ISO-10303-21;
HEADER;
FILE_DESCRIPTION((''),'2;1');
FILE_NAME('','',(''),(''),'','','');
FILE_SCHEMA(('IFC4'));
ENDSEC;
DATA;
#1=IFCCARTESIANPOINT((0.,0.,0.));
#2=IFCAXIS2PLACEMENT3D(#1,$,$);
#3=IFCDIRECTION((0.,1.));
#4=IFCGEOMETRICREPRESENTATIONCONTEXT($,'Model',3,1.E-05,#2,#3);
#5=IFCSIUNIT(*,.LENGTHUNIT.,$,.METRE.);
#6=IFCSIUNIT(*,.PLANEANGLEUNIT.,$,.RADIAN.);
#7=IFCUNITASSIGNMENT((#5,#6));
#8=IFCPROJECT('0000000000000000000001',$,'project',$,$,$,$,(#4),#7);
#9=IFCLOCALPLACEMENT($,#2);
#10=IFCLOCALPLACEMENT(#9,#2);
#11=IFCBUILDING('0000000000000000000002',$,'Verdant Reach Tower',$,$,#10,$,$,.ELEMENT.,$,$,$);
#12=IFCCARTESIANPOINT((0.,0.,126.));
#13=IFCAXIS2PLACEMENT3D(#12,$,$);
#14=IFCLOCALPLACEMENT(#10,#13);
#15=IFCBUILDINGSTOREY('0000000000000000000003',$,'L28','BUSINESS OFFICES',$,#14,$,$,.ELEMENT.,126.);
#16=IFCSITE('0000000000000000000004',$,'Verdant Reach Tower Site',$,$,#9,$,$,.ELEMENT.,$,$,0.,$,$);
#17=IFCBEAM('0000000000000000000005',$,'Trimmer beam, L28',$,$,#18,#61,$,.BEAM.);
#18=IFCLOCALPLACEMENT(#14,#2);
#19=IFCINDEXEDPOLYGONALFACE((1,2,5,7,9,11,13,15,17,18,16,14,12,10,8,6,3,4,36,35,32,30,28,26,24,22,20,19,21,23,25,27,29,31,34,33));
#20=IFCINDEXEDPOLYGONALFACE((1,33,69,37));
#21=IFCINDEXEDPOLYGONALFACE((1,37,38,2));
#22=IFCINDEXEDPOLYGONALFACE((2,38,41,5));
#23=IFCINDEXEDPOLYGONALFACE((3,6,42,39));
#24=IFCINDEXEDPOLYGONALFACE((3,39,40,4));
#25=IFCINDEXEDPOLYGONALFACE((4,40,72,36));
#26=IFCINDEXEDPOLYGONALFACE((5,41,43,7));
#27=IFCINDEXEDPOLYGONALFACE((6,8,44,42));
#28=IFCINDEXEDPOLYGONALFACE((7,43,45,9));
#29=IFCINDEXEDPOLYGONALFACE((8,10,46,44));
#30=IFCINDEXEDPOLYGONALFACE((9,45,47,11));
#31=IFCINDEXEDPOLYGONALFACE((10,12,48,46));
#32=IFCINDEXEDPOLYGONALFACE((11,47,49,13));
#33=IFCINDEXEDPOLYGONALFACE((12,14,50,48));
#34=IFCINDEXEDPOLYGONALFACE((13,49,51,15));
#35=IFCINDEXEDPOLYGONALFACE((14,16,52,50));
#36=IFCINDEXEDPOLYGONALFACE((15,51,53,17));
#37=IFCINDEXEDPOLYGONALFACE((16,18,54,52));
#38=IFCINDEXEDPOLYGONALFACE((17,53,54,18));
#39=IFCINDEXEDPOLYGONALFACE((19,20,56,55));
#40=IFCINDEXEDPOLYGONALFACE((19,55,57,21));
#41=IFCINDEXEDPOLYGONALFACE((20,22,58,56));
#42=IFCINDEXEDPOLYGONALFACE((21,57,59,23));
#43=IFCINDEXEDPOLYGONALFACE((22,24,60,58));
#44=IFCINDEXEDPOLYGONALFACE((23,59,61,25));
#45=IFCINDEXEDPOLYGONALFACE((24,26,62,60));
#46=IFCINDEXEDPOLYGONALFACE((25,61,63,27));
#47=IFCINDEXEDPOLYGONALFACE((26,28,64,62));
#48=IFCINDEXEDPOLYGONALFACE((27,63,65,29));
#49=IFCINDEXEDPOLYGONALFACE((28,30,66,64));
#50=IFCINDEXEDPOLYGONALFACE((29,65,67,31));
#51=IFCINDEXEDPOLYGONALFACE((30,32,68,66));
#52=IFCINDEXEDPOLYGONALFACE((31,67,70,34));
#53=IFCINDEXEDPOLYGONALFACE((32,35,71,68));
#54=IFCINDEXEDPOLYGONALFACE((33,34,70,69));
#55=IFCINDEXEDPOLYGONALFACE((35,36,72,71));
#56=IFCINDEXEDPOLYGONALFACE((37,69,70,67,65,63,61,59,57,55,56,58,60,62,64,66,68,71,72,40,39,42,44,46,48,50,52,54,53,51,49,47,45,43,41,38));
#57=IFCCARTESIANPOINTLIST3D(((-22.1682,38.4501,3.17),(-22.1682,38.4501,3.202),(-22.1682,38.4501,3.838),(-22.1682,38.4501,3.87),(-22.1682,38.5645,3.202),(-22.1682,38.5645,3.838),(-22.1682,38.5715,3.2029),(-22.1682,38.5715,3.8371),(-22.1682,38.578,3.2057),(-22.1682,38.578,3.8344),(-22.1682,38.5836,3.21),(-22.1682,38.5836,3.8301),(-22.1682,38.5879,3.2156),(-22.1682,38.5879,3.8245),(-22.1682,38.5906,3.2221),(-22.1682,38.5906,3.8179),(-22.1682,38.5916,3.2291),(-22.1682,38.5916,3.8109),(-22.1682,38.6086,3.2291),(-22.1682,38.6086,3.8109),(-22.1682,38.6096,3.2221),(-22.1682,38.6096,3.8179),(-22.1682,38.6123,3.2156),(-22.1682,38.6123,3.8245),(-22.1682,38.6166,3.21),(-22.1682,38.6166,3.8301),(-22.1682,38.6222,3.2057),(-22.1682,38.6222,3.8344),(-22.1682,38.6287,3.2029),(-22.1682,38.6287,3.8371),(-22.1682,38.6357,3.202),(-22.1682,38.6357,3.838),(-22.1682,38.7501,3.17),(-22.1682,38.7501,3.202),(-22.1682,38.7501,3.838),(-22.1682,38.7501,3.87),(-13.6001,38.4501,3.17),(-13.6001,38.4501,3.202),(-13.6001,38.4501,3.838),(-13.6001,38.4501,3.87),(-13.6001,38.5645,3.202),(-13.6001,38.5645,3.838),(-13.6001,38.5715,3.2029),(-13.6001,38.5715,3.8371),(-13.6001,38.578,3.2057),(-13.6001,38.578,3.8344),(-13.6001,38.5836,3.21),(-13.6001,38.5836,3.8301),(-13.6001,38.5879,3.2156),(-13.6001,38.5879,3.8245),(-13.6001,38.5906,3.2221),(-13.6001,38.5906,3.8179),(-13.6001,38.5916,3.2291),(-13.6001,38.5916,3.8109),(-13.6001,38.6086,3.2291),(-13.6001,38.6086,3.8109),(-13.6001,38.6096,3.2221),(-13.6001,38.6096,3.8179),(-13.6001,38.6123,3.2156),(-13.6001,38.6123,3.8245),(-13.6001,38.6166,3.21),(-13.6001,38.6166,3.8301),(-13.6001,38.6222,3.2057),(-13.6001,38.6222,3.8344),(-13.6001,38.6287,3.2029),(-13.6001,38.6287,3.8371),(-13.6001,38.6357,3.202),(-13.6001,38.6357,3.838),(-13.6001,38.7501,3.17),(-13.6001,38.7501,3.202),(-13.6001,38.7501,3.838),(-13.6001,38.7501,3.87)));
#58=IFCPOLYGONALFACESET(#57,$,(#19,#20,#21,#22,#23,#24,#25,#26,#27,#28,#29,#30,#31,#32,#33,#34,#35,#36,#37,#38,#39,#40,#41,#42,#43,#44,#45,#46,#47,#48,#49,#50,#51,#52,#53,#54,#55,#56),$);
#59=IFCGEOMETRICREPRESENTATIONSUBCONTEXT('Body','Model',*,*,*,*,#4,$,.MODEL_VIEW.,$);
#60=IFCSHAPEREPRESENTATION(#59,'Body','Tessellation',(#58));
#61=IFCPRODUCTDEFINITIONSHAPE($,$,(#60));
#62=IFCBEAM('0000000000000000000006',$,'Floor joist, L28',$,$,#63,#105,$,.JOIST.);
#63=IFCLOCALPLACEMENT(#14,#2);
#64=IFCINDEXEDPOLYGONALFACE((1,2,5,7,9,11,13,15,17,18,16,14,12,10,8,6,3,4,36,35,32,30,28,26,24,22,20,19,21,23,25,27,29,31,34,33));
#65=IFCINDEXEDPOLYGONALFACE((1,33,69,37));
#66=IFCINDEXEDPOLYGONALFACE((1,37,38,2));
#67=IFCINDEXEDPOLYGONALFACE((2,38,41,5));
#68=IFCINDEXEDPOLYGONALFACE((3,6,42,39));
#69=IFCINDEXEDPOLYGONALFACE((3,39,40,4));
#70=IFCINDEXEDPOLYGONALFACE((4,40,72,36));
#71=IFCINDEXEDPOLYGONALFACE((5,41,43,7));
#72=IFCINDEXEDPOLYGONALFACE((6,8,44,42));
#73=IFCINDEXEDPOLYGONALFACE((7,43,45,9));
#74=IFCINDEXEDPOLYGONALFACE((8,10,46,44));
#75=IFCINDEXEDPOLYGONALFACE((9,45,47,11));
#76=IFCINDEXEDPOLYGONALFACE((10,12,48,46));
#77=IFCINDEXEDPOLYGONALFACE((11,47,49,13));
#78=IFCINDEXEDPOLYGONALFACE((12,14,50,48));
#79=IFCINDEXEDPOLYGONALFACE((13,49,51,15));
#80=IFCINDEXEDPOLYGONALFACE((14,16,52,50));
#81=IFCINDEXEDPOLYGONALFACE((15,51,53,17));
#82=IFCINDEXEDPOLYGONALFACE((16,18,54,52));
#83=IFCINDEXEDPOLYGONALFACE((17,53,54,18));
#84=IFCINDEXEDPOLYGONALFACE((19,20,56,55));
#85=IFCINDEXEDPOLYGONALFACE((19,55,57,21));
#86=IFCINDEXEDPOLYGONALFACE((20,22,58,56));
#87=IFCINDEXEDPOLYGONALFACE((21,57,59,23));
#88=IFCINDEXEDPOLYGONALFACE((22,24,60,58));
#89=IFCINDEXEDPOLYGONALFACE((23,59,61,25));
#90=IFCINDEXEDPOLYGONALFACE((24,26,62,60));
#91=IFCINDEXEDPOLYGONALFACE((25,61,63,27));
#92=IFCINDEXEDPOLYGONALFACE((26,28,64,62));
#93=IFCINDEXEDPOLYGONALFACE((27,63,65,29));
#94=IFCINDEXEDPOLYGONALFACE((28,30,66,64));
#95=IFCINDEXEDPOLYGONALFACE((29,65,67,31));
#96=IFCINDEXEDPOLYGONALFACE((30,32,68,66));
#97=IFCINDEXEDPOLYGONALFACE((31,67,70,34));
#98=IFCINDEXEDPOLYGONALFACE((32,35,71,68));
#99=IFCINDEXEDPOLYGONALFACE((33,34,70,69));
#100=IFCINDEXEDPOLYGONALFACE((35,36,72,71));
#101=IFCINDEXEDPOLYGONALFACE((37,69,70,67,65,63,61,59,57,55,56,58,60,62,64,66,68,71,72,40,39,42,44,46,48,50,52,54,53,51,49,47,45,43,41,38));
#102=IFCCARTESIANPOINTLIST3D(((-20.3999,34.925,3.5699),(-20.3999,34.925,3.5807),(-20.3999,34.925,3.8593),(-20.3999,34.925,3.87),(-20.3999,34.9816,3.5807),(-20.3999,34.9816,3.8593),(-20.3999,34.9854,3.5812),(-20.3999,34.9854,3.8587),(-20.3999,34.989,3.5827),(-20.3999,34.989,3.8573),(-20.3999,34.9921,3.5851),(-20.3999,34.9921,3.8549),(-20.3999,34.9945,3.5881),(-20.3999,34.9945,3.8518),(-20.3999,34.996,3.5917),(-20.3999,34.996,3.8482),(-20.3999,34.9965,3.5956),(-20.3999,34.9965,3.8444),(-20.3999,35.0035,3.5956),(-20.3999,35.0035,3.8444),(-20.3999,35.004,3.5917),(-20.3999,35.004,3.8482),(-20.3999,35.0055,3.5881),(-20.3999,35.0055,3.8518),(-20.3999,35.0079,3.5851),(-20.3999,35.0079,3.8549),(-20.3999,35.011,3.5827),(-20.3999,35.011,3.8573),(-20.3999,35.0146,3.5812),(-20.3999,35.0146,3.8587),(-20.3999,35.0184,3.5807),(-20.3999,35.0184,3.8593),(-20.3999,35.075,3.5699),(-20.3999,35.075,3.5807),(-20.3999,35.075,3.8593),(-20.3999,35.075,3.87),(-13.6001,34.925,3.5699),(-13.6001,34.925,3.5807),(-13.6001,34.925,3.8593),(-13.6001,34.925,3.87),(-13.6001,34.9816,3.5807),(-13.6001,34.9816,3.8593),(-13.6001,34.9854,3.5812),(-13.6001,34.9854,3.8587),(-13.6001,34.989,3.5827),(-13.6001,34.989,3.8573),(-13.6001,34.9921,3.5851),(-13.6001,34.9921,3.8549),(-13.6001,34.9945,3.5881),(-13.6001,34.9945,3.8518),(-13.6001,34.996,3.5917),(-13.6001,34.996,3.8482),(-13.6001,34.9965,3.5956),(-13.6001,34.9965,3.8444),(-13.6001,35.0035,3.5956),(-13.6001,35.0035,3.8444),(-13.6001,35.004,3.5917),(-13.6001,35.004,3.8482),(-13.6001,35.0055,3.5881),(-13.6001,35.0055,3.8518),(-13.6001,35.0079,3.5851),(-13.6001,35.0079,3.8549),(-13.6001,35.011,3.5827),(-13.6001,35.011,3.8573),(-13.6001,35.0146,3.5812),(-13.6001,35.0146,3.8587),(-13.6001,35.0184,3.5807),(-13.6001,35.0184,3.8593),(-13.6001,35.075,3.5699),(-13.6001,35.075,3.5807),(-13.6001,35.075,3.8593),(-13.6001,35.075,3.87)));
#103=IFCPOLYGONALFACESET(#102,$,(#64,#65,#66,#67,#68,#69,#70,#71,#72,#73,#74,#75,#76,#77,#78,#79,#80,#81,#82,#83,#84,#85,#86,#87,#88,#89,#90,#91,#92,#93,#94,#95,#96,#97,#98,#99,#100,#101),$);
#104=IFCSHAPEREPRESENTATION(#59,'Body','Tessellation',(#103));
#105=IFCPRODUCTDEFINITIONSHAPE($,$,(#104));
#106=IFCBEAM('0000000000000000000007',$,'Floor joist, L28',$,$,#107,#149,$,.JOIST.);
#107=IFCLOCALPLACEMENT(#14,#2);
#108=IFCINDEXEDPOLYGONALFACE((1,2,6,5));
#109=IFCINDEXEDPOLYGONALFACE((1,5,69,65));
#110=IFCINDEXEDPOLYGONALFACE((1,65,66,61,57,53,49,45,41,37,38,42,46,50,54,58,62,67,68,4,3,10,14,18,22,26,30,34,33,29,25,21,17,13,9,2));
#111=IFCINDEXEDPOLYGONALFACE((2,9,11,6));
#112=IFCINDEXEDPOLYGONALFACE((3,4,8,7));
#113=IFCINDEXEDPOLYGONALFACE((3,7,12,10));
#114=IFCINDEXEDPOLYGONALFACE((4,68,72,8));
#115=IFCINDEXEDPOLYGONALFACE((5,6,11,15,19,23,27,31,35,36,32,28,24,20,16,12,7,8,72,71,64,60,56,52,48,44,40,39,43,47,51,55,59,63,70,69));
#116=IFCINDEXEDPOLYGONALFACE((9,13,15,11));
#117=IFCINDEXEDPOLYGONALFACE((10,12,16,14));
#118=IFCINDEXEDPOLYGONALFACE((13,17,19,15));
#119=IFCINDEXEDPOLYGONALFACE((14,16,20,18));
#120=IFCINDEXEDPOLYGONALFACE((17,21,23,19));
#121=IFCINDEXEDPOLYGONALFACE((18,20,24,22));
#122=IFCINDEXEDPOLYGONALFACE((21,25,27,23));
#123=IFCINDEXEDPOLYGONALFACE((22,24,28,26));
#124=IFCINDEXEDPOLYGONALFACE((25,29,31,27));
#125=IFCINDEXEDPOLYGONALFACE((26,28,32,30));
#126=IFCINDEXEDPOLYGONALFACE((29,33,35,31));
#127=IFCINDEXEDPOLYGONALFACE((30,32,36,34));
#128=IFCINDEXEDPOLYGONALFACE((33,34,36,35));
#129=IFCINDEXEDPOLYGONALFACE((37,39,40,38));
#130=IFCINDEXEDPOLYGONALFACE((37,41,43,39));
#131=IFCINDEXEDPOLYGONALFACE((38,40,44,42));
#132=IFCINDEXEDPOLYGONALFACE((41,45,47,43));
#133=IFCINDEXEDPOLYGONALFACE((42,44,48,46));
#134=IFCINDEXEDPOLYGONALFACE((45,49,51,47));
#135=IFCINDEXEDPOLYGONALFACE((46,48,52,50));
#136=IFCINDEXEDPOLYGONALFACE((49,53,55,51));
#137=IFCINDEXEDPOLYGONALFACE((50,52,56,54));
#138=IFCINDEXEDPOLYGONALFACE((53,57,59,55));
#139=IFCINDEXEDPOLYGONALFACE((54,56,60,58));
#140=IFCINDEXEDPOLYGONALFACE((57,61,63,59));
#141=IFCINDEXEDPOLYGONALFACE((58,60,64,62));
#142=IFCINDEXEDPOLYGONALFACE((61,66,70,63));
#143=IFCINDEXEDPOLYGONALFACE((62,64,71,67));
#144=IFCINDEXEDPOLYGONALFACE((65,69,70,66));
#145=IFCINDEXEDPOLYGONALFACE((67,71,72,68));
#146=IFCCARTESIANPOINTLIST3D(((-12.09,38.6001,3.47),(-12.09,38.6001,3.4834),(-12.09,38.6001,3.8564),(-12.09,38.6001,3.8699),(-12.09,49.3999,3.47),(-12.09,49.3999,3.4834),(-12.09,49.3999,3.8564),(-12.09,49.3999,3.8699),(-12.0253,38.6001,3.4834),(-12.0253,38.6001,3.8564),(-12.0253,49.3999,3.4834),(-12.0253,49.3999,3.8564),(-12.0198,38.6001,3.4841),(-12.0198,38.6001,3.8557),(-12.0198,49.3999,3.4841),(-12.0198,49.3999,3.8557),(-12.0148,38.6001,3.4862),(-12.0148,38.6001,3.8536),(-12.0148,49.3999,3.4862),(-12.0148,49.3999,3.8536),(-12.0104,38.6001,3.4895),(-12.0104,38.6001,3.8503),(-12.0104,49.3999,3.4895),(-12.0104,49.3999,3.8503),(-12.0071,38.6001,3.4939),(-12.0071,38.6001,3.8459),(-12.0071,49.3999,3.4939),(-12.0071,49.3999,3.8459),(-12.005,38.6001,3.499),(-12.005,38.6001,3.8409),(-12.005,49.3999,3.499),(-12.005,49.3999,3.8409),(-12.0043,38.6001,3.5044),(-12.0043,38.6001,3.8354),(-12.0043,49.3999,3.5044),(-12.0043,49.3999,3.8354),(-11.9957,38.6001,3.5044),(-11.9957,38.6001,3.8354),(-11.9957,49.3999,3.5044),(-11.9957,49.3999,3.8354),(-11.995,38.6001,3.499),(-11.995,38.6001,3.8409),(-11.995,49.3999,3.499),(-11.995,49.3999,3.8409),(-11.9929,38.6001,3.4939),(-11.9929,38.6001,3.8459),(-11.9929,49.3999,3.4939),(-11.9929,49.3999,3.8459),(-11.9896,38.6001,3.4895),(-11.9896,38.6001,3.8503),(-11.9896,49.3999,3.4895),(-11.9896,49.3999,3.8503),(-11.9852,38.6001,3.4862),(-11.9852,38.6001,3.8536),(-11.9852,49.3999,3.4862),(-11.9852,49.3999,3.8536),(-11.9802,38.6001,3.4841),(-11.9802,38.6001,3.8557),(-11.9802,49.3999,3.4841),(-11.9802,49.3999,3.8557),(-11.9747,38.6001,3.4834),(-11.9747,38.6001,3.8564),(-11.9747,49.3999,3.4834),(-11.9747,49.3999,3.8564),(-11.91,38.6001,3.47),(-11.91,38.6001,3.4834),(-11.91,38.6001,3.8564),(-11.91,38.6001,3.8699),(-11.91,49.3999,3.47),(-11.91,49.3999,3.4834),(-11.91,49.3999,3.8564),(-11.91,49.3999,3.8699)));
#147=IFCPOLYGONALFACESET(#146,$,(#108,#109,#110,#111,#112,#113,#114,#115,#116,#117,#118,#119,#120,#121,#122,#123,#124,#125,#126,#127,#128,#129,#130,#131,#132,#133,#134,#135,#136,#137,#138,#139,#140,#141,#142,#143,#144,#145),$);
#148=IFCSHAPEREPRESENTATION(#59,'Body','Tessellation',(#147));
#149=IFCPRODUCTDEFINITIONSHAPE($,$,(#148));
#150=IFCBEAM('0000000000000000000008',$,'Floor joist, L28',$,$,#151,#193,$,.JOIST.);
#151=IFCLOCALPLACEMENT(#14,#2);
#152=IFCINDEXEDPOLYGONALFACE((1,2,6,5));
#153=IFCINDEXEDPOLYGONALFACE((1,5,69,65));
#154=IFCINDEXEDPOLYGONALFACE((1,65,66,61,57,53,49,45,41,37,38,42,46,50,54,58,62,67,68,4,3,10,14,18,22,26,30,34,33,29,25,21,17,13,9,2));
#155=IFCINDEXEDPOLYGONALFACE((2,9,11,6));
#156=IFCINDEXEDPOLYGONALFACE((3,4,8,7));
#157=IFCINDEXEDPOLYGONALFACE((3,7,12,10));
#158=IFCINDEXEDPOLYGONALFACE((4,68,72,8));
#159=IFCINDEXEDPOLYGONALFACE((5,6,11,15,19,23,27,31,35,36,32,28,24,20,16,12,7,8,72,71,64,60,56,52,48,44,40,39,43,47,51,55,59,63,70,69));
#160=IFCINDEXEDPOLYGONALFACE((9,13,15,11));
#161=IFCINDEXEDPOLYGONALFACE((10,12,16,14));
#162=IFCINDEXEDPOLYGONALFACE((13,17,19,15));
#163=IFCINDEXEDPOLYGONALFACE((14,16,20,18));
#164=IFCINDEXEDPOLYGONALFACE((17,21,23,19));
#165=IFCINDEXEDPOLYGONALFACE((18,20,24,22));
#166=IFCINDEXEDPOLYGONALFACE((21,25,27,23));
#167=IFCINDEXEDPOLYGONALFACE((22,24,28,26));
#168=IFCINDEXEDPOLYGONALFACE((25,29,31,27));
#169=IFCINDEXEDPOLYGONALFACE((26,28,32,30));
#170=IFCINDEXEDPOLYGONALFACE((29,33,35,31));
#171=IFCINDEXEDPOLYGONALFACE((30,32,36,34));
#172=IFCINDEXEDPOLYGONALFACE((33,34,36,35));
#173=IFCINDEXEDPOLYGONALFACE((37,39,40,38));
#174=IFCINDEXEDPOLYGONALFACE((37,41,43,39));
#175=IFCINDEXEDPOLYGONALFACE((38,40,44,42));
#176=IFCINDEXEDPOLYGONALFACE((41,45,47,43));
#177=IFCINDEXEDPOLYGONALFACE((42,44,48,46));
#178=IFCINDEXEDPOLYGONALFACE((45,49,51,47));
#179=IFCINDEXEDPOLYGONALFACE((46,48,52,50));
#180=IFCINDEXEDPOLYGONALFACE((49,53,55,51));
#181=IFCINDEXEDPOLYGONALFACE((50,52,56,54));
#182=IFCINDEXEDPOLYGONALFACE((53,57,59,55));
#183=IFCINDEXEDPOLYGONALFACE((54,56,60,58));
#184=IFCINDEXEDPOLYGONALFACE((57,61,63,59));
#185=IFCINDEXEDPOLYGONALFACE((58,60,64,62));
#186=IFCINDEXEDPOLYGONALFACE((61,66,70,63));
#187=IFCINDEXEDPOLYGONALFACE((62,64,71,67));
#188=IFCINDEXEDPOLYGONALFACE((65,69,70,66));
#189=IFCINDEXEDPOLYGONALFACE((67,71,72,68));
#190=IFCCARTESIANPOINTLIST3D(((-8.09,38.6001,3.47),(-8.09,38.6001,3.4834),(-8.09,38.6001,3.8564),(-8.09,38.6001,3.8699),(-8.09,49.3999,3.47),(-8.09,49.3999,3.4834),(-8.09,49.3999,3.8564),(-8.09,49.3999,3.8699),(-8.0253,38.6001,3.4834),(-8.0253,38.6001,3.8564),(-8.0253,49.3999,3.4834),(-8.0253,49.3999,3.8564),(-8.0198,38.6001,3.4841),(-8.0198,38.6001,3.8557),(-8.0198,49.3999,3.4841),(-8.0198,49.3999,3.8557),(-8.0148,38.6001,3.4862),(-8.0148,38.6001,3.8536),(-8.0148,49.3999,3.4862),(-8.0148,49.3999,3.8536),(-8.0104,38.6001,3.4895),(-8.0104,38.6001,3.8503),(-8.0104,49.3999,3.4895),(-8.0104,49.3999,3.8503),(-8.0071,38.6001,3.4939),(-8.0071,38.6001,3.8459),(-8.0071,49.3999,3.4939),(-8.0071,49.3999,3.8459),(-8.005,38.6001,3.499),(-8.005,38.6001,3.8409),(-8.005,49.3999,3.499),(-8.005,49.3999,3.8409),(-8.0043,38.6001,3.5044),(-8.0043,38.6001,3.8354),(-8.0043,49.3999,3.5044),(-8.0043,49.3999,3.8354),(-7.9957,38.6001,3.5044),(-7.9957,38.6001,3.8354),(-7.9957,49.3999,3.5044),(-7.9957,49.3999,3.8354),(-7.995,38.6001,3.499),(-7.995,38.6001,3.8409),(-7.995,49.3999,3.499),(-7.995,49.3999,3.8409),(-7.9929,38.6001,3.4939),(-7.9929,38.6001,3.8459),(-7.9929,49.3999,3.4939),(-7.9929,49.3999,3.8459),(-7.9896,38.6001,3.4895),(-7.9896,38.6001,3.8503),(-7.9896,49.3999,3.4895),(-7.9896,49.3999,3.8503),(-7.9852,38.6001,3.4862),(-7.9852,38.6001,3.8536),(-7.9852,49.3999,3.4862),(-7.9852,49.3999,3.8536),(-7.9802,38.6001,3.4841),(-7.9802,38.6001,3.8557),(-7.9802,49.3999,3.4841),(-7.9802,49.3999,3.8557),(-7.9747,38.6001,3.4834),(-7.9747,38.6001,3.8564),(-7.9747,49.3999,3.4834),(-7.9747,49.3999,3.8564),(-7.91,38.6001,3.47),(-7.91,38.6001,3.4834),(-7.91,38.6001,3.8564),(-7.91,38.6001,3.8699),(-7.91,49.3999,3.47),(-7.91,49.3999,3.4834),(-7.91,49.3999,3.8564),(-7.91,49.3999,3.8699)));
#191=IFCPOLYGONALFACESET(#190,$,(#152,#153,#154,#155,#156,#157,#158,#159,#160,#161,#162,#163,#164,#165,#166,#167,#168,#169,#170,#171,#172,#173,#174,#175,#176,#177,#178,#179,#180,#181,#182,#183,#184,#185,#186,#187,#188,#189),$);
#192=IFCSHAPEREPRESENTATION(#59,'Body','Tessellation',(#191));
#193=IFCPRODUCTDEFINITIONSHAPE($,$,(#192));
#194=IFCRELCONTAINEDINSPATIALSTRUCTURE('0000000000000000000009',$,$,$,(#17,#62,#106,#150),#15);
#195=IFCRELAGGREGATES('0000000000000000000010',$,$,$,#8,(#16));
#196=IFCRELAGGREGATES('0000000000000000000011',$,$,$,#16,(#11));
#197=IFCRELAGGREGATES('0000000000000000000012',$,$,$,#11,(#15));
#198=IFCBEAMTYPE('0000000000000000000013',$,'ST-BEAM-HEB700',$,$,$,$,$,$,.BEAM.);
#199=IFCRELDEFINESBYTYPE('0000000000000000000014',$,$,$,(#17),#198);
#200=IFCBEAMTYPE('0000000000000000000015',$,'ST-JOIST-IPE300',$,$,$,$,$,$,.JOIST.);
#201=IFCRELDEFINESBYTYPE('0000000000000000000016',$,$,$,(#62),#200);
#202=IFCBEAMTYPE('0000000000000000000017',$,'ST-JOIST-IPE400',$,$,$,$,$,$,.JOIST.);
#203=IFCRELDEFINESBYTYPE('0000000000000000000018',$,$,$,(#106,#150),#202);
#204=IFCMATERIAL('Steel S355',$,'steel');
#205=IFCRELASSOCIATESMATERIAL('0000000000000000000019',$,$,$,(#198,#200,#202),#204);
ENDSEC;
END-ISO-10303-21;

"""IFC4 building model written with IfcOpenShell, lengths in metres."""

from ifc_helpers import new_model, si_unit, direction, frame, origin, origin_2d, place, context, subcontext, project, spatial, i_section, extrude, material, material_profile, profile_set, type_object, element, save


model = new_model("IFC4")

# Units and contexts
model_context = context("Model", 3, precision=1e-05, world=origin(), true_north=direction((0.0, 1.0)))
body_context = subcontext(model_context, "Body", "Model", "MODEL_VIEW")
ifc_project = project(units=[si_unit("LENGTHUNIT", "METRE"), si_unit("PLANEANGLEUNIT", "RADIAN")], contexts=[model_context])

# Site, building, storey
site_placement = place(None, origin())
site = spatial("IfcSite", under=ifc_project, at=site_placement, Name="Verdant Reach Tower Site", CompositionType="ELEMENT", RefElevation=0.0)
building_placement = place(site_placement, origin())
building = spatial("IfcBuilding", under=site, at=building_placement, Name="Verdant Reach Tower", CompositionType="ELEMENT")
storey_placement = place(building_placement, frame((0.0, 0.0, 126.0)))
storey = spatial("IfcBuildingStorey", under=building, at=storey_placement, Name="L28", Description="BUSINESS OFFICES", CompositionType="ELEMENT", Elevation=126.0)

# Beams
ifc_material_1 = material(Name="Steel S355", Category="steel")
ifc_material_profile_1 = material_profile(ifc_material_1, i_section(OverallWidth=0.3, OverallDepth=0.7, WebThickness=0.0171, FlangeThickness=0.032, FilletRadius=0.0271, at=origin_2d()), Name="HEB 700")
ifc_profile_set_1 = profile_set([ifc_material_profile_1], Name="Steel S355")
beam_type_1 = type_object("IfcBeamType", Name="ST-BEAM-HEB700", PredefinedType="BEAM", material=ifc_profile_set_1)
beam_1_placement = place(storey_placement, frame((-13.6001, 38.6001, 3.52), z_axis=(-1.0, 0.0, 0.0), x_axis=(0.0, -1.0, 0.0)))
element("IfcBeam", 1, at=beam_1_placement, inside=storey, type_object=beam_type_1, Name="Trimmer beam, L28", PredefinedType="BEAM", context=body_context, shape_type="SweptSolid", body=[
    extrude(i_section(OverallWidth=0.3, OverallDepth=0.7, WebThickness=0.0171, FlangeThickness=0.032, FilletRadius=0.0271, at=origin_2d()), origin(), (0.0, 0.0, 1.0), 8.5681),
])
ifc_material_profile_2 = material_profile(ifc_material_1, i_section(OverallWidth=0.1499, OverallDepth=0.3, WebThickness=0.0071, FlangeThickness=0.0107, FilletRadius=0.0149, at=origin_2d()), Name="IPE 300")
ifc_profile_set_2 = profile_set([ifc_material_profile_2], Name="Steel S355")
beam_type_2 = type_object("IfcBeamType", Name="ST-JOIST-IPE300", PredefinedType="JOIST", material=ifc_profile_set_2)
beam_2_placement = place(storey_placement, frame((-13.6001, 35.0, 3.72), z_axis=(-1.0, 0.0, 0.0), x_axis=(0.0, -1.0, 0.0)))
element("IfcBeam", 2, at=beam_2_placement, inside=storey, type_object=beam_type_2, Name="Floor joist, L28", PredefinedType="JOIST", context=body_context, shape_type="SweptSolid", body=[
    extrude(i_section(OverallWidth=0.1499, OverallDepth=0.3, WebThickness=0.0071, FlangeThickness=0.0107, FilletRadius=0.0149, at=origin_2d()), origin(), (0.0, 0.0, 1.0), 6.7998),
])
ifc_material_profile_3 = material_profile(ifc_material_1, i_section(OverallWidth=0.1799, OverallDepth=0.3999, WebThickness=0.0085, FlangeThickness=0.0134, FilletRadius=0.021, at=origin_2d()), Name="IPE 400")
ifc_profile_set_3 = profile_set([ifc_material_profile_3], Name="Steel S355")
beam_type_3 = type_object("IfcBeamType", Name="ST-JOIST-IPE400", PredefinedType="JOIST", material=ifc_profile_set_3)
for number, where, z_axis, x_axis, name in (
    (3, (-12.0, 38.6001, 3.6699), (0.0, 1.0, 0.0), (-1.0, 0.0, 0.0), "Floor joist, L28"),
    (4, (-8.0, 38.6001, 3.6699), (0.0, 1.0, 0.0), (-1.0, 0.0, 0.0), "Floor joist, L28"),
):
    element("IfcBeam", number, at=place(storey_placement, frame(where, z_axis=z_axis, x_axis=x_axis)), inside=storey, type_object=beam_type_3, Name=name, PredefinedType="JOIST", context=body_context, shape_type="SweptSolid", body=[
        extrude(i_section(OverallWidth=0.1799, OverallDepth=0.3999, WebThickness=0.0085, FlangeThickness=0.0134, FilletRadius=0.021, at=origin_2d()), origin(), (0.0, 0.0, 1.0), 10.7998),
    ])

save(model, "model.ifc")
